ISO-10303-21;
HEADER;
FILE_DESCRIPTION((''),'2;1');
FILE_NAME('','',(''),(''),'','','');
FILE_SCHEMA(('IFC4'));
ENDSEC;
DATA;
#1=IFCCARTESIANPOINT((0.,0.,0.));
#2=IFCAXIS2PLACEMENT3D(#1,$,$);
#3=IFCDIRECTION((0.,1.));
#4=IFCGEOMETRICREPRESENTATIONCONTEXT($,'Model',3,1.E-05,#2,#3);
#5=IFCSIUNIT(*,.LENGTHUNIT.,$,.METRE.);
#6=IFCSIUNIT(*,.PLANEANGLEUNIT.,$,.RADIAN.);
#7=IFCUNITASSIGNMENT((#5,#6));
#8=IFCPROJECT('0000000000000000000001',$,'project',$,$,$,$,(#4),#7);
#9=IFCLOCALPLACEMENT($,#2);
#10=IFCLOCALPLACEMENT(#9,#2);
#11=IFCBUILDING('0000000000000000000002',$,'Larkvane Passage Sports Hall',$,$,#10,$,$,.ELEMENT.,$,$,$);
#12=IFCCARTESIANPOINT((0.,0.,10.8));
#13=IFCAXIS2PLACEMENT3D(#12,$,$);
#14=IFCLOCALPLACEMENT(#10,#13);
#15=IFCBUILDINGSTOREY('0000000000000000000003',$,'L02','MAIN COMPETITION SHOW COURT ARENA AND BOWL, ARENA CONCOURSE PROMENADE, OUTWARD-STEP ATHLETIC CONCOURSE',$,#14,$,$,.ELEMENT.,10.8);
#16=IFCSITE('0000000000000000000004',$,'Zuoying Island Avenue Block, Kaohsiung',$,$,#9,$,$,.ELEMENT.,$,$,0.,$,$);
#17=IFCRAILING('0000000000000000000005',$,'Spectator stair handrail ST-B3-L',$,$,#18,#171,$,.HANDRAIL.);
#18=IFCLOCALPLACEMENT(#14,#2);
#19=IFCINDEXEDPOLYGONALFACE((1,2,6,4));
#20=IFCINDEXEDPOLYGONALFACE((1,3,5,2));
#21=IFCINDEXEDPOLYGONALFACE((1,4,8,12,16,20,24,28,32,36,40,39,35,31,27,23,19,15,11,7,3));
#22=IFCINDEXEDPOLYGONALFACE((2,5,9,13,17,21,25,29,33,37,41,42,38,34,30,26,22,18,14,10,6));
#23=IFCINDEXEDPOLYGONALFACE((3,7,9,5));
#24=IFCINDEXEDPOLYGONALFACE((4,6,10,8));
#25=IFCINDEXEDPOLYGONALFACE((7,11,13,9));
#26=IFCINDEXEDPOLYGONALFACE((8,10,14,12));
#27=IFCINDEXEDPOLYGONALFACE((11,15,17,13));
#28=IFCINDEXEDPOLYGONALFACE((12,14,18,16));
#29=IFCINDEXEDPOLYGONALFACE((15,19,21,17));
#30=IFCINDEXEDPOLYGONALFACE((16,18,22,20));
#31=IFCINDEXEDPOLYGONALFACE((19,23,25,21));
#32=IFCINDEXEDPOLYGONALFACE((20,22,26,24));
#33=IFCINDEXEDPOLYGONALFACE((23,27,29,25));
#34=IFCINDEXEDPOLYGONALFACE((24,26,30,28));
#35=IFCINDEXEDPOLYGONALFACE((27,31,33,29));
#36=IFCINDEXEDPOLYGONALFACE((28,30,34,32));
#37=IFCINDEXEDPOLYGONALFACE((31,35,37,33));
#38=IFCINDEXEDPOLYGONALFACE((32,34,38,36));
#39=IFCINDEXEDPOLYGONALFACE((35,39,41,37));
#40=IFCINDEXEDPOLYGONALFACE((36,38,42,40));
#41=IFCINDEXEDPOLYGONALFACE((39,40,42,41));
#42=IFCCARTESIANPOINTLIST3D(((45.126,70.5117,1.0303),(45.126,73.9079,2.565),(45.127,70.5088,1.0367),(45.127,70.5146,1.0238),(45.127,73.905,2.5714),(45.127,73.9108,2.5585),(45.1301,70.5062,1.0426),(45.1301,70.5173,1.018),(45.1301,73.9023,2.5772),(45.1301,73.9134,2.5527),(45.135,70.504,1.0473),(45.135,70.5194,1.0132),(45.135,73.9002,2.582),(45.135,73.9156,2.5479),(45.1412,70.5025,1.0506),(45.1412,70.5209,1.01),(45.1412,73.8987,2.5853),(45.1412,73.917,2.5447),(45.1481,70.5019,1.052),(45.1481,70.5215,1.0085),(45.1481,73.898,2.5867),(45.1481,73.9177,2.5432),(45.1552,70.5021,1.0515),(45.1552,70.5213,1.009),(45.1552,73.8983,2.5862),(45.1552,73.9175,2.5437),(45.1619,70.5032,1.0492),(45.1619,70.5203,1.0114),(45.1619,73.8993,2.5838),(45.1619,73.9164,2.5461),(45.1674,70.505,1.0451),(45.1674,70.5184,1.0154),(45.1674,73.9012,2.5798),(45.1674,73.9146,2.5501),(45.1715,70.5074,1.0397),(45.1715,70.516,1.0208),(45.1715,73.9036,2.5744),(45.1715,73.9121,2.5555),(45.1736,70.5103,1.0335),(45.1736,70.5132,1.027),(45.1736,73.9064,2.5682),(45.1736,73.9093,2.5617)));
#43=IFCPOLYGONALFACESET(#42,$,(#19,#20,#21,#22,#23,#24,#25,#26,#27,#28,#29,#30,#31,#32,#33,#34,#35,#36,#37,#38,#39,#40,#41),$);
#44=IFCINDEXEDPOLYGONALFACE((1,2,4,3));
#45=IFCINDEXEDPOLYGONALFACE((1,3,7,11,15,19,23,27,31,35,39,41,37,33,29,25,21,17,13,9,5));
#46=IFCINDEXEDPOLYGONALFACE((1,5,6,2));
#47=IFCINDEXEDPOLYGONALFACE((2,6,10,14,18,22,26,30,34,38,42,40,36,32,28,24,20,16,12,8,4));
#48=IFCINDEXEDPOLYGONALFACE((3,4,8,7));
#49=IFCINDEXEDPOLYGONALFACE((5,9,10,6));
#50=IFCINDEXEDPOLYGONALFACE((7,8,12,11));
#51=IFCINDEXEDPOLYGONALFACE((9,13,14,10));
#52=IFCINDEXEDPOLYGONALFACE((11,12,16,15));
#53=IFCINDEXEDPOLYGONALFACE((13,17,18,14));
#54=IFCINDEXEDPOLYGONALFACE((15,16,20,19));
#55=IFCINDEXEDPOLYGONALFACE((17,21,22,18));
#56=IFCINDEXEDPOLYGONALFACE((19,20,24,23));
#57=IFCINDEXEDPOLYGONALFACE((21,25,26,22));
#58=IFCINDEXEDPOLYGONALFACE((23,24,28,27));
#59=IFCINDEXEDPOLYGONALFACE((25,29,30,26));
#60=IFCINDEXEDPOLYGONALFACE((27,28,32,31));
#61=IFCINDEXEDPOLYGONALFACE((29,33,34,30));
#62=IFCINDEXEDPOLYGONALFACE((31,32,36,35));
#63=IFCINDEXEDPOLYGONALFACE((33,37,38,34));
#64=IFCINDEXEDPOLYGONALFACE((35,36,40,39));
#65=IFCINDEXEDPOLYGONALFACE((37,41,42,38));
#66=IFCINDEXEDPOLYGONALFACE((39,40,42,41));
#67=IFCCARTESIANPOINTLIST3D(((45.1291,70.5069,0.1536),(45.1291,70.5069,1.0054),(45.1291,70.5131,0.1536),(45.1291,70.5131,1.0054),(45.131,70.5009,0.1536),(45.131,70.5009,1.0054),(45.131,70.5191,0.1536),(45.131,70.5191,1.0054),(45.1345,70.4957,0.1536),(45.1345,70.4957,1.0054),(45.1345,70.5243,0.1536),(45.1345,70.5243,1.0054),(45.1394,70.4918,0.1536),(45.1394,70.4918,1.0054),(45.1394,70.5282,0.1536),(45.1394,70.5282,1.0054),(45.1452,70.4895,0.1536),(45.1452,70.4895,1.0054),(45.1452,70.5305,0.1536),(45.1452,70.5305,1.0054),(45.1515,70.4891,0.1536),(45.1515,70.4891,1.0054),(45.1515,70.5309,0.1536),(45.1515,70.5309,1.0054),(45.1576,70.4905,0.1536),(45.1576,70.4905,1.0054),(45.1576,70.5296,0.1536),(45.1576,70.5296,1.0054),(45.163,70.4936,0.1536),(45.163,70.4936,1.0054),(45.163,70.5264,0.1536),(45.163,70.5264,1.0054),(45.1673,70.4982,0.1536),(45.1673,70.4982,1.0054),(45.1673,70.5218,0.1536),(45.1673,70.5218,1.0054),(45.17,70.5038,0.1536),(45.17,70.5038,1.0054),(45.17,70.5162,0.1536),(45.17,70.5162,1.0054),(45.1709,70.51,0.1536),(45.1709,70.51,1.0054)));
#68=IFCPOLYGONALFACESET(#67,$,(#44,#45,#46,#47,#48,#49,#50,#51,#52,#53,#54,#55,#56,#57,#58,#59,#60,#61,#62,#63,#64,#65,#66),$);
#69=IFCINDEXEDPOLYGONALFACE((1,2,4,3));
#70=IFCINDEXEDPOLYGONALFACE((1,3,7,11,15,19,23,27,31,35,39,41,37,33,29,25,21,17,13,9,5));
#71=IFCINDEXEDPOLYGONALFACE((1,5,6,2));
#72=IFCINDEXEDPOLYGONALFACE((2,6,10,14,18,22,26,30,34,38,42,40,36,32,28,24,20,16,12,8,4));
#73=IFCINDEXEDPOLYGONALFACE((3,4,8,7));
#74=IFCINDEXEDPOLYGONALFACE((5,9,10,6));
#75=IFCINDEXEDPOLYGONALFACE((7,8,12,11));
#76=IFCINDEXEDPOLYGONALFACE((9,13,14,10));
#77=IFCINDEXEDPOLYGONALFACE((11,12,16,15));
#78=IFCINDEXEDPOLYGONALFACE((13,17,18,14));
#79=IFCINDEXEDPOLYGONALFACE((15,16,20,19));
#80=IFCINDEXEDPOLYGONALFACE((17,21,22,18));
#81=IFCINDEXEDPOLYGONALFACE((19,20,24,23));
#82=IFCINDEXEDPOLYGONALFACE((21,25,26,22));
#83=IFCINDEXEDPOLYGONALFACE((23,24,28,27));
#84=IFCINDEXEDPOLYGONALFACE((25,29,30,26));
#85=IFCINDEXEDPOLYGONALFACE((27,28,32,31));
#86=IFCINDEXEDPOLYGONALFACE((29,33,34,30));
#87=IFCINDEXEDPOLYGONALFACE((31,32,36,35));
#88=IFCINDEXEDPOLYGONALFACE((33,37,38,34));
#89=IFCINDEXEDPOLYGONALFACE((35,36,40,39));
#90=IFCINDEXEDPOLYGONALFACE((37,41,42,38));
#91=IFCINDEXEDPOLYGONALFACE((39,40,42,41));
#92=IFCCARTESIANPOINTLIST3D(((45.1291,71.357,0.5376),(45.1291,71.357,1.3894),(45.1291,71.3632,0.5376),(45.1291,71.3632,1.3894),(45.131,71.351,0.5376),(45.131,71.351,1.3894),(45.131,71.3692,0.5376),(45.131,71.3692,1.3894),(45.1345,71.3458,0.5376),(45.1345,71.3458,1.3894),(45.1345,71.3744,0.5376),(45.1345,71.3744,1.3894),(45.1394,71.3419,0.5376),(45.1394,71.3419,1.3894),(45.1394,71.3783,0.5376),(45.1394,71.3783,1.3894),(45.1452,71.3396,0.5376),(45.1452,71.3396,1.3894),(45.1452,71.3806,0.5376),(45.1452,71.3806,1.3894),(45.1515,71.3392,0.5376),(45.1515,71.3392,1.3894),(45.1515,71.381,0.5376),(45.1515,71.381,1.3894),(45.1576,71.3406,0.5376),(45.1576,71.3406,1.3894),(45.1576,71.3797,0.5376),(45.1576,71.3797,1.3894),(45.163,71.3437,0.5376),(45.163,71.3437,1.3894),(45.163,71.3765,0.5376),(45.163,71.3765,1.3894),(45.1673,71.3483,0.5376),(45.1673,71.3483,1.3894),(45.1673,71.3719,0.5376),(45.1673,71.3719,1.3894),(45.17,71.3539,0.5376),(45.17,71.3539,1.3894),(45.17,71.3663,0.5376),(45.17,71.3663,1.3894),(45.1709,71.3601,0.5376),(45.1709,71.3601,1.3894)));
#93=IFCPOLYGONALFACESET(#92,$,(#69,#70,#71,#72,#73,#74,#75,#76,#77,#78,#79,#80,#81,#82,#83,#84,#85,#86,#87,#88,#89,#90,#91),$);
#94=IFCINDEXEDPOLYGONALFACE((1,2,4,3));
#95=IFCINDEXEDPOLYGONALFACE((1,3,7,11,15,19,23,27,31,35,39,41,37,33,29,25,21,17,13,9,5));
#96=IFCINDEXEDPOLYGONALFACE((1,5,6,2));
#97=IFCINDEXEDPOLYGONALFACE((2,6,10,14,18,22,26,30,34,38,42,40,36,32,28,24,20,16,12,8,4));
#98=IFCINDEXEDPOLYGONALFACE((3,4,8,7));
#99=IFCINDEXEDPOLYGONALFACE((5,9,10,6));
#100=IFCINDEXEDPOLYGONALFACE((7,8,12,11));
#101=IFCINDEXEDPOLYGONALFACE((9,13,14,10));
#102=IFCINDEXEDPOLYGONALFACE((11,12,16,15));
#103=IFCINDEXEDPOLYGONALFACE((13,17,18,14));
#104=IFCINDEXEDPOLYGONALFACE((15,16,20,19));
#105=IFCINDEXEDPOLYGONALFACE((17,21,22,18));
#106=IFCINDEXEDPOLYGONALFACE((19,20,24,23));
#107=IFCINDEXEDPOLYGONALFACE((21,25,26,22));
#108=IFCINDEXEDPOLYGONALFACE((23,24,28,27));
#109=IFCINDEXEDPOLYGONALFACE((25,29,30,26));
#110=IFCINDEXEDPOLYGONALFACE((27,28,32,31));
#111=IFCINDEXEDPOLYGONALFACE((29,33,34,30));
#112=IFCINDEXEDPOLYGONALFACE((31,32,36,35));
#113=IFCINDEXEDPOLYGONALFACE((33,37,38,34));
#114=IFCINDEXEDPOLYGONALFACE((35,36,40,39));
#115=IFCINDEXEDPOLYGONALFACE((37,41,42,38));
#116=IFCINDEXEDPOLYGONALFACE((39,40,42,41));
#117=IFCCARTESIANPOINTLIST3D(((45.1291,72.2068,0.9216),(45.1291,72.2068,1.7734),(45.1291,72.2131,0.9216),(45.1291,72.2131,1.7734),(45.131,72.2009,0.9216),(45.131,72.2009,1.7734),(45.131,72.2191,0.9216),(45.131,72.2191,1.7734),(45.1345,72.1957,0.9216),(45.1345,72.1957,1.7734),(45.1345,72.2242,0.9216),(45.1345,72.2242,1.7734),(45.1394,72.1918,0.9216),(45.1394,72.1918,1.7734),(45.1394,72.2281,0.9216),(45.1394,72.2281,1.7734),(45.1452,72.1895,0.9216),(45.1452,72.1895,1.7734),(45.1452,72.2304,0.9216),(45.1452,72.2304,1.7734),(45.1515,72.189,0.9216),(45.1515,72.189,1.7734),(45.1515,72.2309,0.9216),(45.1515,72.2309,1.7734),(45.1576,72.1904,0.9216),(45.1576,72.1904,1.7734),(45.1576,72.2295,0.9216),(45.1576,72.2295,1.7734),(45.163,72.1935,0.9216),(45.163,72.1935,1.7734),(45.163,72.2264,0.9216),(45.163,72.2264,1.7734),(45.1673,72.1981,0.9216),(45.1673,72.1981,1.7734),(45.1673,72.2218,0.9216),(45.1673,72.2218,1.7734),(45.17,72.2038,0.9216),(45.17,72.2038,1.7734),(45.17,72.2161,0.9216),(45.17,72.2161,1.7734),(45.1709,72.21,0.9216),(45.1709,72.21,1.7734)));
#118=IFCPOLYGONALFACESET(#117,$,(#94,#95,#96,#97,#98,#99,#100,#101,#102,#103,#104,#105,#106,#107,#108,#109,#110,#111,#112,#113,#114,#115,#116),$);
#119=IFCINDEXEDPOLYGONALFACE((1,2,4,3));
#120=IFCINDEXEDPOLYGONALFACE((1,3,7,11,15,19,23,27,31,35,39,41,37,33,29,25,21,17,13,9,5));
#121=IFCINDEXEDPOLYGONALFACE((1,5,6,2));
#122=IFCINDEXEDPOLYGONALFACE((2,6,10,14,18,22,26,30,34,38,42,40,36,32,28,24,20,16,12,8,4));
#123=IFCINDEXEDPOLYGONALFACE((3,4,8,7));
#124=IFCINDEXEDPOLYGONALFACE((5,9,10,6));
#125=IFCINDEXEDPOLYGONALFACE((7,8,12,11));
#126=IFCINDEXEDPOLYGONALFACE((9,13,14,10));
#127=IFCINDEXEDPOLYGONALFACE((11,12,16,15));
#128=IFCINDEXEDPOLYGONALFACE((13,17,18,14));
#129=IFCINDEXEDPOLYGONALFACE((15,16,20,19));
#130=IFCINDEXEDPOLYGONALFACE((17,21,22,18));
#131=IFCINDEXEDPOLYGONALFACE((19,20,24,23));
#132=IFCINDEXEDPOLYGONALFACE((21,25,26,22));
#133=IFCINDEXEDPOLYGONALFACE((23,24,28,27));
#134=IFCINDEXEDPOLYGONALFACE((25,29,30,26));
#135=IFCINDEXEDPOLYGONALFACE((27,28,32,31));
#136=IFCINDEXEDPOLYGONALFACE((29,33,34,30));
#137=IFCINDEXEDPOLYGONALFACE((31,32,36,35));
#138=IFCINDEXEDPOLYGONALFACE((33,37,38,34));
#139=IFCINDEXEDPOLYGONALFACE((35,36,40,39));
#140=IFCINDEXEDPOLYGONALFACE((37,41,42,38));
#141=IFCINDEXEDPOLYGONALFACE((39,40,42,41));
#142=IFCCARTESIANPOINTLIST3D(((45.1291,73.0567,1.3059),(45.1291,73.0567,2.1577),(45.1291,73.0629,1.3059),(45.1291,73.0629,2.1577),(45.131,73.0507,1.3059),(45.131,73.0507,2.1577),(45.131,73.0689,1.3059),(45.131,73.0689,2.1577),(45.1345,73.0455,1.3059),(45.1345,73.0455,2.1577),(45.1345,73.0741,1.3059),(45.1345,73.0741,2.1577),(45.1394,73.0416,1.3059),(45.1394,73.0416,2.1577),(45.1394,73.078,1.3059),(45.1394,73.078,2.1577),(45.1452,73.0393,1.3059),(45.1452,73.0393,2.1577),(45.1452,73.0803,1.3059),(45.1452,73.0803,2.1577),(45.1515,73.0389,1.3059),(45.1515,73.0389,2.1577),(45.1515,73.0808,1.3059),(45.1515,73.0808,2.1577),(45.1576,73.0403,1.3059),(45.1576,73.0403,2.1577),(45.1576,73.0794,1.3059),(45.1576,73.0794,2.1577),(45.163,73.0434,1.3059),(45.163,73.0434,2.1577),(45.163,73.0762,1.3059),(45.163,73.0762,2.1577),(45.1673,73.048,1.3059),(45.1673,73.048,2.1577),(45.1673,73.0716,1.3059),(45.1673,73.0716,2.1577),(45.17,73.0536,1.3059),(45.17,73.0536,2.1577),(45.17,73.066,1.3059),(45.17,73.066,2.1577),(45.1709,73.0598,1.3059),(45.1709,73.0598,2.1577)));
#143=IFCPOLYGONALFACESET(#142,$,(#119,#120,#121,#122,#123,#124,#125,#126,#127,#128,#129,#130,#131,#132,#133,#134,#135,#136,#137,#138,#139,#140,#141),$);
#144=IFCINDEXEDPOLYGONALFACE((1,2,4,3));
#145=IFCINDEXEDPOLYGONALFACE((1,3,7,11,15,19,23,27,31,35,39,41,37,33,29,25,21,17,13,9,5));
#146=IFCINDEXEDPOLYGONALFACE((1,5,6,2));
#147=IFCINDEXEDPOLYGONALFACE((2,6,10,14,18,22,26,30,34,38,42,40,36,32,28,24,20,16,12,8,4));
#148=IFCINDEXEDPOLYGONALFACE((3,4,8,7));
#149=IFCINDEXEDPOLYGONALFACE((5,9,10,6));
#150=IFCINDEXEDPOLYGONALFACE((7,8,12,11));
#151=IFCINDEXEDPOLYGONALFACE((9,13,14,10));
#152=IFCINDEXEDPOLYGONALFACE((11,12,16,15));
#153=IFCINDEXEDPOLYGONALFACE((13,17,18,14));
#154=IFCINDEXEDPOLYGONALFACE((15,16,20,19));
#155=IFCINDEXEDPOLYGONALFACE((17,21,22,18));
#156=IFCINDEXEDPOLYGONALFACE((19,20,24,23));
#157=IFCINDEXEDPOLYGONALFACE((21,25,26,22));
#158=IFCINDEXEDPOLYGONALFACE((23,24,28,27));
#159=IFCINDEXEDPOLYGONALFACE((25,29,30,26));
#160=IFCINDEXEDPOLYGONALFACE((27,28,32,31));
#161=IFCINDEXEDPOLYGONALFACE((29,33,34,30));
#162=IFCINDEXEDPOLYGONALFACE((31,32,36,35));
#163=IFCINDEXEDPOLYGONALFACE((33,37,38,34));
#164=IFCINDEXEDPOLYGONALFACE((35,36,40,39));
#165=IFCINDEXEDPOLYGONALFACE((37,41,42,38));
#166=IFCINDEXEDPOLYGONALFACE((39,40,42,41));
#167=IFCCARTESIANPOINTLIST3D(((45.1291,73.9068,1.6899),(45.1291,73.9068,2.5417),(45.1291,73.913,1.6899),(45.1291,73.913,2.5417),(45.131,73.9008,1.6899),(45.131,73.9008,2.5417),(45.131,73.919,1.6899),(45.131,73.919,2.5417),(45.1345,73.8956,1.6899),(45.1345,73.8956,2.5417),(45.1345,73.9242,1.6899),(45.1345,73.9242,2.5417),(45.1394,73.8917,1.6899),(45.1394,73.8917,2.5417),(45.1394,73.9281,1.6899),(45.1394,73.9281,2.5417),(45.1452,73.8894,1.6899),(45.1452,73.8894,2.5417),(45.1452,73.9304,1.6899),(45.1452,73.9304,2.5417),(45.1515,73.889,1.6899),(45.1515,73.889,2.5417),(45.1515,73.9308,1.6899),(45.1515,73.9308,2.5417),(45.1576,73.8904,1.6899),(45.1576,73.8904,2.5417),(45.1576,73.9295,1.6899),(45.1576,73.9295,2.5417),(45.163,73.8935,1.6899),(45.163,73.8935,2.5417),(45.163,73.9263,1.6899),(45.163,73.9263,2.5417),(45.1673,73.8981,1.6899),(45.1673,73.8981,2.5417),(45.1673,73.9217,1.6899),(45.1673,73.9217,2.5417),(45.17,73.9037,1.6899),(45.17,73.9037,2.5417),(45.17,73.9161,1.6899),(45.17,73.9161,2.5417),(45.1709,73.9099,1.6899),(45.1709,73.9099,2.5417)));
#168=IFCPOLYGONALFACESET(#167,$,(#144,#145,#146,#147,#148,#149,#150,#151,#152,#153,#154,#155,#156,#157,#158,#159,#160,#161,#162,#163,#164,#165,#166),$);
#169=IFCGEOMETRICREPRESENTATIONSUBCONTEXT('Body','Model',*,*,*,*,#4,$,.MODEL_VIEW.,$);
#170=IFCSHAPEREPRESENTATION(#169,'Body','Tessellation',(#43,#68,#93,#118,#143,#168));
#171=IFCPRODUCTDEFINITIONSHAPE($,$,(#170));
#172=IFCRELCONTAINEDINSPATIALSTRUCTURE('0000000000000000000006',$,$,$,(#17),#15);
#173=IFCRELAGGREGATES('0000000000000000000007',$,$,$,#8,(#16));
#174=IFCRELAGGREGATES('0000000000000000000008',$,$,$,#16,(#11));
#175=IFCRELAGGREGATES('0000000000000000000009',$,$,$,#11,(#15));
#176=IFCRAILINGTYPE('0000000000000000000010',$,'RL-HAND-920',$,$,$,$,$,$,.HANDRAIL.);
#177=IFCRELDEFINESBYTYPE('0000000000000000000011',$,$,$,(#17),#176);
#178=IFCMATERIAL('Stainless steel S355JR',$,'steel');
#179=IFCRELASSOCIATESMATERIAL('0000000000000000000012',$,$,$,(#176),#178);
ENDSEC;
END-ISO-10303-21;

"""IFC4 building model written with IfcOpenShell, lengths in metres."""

from ifc_helpers import new_model, si_unit, direction, frame, origin, origin_2d, place, context, subcontext, project, spatial, circle, extrude, material, type_object, element, save


model = new_model("IFC4")

# Units and contexts
model_context = context("Model", 3, precision=1e-05, world=origin(), true_north=direction((0.0, 1.0)))
body_context = subcontext(model_context, "Body", "Model", "MODEL_VIEW")
ifc_project = project(units=[si_unit("LENGTHUNIT", "METRE"), si_unit("PLANEANGLEUNIT", "RADIAN")], contexts=[model_context])

# Site, building, storey
site_placement = place(None, origin())
site = spatial("IfcSite", under=ifc_project, at=site_placement, Name="Zuoying Island Avenue Block, Kaohsiung", CompositionType="ELEMENT", RefElevation=0.0)
building_placement = place(site_placement, origin())
building = spatial("IfcBuilding", under=site, at=building_placement, Name="Larkvane Passage Sports Hall", CompositionType="ELEMENT")
storey_placement = place(building_placement, frame((0.0, 0.0, 10.8)))
storey = spatial("IfcBuildingStorey", under=building, at=storey_placement, Name="L02", Description="MAIN COMPETITION SHOW COURT ARENA AND BOWL, ARENA CONCOURSE PROMENADE, OUTWARD-STEP ATHLETIC CONCOURSE", CompositionType="ELEMENT", Elevation=10.8)

# Railing
ifc_material_1 = material(Name="Stainless steel S355JR", Category="steel")
railing_type = type_object("IfcRailingType", Name="RL-HAND-920", PredefinedType="HANDRAIL", material=ifc_material_1)
for number, where, name in (
    (1, (45.1499, 70.51, 0.1536), "Spectator stair handrail ST-B3-L"),
):
    element("IfcRailing", number, at=place(storey_placement, frame(where)), inside=storey, type_object=railing_type, Name=name, PredefinedType="HANDRAIL", context=body_context, shape_type="SweptSolid", body=[
        extrude(circle(Radius=0.0239, at=origin_2d()), frame((0.0, 0.0017, 0.8767), z_axis=(0.0, 0.911276, 0.411795), x_axis=(-1.0, 0.0, 0.0)), (0.0, 0.0, 1.0), 3.7268),
        extrude(circle(Radius=0.021, at=origin_2d()), origin(), (0.0, 0.0, 1.0), 0.8518),
        extrude(circle(Radius=0.021, at=origin_2d()), frame((0.0, 0.8501, 0.384)), (0.0, 0.0, 1.0), 0.8518),
        extrude(circle(Radius=0.021, at=origin_2d()), frame((0.0, 1.7, 0.7681)), (0.0, 0.0, 1.0), 0.8518),
        extrude(circle(Radius=0.021, at=origin_2d()), frame((0.0, 2.5498, 1.1523)), (0.0, 0.0, 1.0), 0.8518),
        extrude(circle(Radius=0.021, at=origin_2d()), frame((0.0, 3.3999, 1.5364)), (0.0, 0.0, 1.0), 0.8518),
    ])

save(model, "model.ifc")
